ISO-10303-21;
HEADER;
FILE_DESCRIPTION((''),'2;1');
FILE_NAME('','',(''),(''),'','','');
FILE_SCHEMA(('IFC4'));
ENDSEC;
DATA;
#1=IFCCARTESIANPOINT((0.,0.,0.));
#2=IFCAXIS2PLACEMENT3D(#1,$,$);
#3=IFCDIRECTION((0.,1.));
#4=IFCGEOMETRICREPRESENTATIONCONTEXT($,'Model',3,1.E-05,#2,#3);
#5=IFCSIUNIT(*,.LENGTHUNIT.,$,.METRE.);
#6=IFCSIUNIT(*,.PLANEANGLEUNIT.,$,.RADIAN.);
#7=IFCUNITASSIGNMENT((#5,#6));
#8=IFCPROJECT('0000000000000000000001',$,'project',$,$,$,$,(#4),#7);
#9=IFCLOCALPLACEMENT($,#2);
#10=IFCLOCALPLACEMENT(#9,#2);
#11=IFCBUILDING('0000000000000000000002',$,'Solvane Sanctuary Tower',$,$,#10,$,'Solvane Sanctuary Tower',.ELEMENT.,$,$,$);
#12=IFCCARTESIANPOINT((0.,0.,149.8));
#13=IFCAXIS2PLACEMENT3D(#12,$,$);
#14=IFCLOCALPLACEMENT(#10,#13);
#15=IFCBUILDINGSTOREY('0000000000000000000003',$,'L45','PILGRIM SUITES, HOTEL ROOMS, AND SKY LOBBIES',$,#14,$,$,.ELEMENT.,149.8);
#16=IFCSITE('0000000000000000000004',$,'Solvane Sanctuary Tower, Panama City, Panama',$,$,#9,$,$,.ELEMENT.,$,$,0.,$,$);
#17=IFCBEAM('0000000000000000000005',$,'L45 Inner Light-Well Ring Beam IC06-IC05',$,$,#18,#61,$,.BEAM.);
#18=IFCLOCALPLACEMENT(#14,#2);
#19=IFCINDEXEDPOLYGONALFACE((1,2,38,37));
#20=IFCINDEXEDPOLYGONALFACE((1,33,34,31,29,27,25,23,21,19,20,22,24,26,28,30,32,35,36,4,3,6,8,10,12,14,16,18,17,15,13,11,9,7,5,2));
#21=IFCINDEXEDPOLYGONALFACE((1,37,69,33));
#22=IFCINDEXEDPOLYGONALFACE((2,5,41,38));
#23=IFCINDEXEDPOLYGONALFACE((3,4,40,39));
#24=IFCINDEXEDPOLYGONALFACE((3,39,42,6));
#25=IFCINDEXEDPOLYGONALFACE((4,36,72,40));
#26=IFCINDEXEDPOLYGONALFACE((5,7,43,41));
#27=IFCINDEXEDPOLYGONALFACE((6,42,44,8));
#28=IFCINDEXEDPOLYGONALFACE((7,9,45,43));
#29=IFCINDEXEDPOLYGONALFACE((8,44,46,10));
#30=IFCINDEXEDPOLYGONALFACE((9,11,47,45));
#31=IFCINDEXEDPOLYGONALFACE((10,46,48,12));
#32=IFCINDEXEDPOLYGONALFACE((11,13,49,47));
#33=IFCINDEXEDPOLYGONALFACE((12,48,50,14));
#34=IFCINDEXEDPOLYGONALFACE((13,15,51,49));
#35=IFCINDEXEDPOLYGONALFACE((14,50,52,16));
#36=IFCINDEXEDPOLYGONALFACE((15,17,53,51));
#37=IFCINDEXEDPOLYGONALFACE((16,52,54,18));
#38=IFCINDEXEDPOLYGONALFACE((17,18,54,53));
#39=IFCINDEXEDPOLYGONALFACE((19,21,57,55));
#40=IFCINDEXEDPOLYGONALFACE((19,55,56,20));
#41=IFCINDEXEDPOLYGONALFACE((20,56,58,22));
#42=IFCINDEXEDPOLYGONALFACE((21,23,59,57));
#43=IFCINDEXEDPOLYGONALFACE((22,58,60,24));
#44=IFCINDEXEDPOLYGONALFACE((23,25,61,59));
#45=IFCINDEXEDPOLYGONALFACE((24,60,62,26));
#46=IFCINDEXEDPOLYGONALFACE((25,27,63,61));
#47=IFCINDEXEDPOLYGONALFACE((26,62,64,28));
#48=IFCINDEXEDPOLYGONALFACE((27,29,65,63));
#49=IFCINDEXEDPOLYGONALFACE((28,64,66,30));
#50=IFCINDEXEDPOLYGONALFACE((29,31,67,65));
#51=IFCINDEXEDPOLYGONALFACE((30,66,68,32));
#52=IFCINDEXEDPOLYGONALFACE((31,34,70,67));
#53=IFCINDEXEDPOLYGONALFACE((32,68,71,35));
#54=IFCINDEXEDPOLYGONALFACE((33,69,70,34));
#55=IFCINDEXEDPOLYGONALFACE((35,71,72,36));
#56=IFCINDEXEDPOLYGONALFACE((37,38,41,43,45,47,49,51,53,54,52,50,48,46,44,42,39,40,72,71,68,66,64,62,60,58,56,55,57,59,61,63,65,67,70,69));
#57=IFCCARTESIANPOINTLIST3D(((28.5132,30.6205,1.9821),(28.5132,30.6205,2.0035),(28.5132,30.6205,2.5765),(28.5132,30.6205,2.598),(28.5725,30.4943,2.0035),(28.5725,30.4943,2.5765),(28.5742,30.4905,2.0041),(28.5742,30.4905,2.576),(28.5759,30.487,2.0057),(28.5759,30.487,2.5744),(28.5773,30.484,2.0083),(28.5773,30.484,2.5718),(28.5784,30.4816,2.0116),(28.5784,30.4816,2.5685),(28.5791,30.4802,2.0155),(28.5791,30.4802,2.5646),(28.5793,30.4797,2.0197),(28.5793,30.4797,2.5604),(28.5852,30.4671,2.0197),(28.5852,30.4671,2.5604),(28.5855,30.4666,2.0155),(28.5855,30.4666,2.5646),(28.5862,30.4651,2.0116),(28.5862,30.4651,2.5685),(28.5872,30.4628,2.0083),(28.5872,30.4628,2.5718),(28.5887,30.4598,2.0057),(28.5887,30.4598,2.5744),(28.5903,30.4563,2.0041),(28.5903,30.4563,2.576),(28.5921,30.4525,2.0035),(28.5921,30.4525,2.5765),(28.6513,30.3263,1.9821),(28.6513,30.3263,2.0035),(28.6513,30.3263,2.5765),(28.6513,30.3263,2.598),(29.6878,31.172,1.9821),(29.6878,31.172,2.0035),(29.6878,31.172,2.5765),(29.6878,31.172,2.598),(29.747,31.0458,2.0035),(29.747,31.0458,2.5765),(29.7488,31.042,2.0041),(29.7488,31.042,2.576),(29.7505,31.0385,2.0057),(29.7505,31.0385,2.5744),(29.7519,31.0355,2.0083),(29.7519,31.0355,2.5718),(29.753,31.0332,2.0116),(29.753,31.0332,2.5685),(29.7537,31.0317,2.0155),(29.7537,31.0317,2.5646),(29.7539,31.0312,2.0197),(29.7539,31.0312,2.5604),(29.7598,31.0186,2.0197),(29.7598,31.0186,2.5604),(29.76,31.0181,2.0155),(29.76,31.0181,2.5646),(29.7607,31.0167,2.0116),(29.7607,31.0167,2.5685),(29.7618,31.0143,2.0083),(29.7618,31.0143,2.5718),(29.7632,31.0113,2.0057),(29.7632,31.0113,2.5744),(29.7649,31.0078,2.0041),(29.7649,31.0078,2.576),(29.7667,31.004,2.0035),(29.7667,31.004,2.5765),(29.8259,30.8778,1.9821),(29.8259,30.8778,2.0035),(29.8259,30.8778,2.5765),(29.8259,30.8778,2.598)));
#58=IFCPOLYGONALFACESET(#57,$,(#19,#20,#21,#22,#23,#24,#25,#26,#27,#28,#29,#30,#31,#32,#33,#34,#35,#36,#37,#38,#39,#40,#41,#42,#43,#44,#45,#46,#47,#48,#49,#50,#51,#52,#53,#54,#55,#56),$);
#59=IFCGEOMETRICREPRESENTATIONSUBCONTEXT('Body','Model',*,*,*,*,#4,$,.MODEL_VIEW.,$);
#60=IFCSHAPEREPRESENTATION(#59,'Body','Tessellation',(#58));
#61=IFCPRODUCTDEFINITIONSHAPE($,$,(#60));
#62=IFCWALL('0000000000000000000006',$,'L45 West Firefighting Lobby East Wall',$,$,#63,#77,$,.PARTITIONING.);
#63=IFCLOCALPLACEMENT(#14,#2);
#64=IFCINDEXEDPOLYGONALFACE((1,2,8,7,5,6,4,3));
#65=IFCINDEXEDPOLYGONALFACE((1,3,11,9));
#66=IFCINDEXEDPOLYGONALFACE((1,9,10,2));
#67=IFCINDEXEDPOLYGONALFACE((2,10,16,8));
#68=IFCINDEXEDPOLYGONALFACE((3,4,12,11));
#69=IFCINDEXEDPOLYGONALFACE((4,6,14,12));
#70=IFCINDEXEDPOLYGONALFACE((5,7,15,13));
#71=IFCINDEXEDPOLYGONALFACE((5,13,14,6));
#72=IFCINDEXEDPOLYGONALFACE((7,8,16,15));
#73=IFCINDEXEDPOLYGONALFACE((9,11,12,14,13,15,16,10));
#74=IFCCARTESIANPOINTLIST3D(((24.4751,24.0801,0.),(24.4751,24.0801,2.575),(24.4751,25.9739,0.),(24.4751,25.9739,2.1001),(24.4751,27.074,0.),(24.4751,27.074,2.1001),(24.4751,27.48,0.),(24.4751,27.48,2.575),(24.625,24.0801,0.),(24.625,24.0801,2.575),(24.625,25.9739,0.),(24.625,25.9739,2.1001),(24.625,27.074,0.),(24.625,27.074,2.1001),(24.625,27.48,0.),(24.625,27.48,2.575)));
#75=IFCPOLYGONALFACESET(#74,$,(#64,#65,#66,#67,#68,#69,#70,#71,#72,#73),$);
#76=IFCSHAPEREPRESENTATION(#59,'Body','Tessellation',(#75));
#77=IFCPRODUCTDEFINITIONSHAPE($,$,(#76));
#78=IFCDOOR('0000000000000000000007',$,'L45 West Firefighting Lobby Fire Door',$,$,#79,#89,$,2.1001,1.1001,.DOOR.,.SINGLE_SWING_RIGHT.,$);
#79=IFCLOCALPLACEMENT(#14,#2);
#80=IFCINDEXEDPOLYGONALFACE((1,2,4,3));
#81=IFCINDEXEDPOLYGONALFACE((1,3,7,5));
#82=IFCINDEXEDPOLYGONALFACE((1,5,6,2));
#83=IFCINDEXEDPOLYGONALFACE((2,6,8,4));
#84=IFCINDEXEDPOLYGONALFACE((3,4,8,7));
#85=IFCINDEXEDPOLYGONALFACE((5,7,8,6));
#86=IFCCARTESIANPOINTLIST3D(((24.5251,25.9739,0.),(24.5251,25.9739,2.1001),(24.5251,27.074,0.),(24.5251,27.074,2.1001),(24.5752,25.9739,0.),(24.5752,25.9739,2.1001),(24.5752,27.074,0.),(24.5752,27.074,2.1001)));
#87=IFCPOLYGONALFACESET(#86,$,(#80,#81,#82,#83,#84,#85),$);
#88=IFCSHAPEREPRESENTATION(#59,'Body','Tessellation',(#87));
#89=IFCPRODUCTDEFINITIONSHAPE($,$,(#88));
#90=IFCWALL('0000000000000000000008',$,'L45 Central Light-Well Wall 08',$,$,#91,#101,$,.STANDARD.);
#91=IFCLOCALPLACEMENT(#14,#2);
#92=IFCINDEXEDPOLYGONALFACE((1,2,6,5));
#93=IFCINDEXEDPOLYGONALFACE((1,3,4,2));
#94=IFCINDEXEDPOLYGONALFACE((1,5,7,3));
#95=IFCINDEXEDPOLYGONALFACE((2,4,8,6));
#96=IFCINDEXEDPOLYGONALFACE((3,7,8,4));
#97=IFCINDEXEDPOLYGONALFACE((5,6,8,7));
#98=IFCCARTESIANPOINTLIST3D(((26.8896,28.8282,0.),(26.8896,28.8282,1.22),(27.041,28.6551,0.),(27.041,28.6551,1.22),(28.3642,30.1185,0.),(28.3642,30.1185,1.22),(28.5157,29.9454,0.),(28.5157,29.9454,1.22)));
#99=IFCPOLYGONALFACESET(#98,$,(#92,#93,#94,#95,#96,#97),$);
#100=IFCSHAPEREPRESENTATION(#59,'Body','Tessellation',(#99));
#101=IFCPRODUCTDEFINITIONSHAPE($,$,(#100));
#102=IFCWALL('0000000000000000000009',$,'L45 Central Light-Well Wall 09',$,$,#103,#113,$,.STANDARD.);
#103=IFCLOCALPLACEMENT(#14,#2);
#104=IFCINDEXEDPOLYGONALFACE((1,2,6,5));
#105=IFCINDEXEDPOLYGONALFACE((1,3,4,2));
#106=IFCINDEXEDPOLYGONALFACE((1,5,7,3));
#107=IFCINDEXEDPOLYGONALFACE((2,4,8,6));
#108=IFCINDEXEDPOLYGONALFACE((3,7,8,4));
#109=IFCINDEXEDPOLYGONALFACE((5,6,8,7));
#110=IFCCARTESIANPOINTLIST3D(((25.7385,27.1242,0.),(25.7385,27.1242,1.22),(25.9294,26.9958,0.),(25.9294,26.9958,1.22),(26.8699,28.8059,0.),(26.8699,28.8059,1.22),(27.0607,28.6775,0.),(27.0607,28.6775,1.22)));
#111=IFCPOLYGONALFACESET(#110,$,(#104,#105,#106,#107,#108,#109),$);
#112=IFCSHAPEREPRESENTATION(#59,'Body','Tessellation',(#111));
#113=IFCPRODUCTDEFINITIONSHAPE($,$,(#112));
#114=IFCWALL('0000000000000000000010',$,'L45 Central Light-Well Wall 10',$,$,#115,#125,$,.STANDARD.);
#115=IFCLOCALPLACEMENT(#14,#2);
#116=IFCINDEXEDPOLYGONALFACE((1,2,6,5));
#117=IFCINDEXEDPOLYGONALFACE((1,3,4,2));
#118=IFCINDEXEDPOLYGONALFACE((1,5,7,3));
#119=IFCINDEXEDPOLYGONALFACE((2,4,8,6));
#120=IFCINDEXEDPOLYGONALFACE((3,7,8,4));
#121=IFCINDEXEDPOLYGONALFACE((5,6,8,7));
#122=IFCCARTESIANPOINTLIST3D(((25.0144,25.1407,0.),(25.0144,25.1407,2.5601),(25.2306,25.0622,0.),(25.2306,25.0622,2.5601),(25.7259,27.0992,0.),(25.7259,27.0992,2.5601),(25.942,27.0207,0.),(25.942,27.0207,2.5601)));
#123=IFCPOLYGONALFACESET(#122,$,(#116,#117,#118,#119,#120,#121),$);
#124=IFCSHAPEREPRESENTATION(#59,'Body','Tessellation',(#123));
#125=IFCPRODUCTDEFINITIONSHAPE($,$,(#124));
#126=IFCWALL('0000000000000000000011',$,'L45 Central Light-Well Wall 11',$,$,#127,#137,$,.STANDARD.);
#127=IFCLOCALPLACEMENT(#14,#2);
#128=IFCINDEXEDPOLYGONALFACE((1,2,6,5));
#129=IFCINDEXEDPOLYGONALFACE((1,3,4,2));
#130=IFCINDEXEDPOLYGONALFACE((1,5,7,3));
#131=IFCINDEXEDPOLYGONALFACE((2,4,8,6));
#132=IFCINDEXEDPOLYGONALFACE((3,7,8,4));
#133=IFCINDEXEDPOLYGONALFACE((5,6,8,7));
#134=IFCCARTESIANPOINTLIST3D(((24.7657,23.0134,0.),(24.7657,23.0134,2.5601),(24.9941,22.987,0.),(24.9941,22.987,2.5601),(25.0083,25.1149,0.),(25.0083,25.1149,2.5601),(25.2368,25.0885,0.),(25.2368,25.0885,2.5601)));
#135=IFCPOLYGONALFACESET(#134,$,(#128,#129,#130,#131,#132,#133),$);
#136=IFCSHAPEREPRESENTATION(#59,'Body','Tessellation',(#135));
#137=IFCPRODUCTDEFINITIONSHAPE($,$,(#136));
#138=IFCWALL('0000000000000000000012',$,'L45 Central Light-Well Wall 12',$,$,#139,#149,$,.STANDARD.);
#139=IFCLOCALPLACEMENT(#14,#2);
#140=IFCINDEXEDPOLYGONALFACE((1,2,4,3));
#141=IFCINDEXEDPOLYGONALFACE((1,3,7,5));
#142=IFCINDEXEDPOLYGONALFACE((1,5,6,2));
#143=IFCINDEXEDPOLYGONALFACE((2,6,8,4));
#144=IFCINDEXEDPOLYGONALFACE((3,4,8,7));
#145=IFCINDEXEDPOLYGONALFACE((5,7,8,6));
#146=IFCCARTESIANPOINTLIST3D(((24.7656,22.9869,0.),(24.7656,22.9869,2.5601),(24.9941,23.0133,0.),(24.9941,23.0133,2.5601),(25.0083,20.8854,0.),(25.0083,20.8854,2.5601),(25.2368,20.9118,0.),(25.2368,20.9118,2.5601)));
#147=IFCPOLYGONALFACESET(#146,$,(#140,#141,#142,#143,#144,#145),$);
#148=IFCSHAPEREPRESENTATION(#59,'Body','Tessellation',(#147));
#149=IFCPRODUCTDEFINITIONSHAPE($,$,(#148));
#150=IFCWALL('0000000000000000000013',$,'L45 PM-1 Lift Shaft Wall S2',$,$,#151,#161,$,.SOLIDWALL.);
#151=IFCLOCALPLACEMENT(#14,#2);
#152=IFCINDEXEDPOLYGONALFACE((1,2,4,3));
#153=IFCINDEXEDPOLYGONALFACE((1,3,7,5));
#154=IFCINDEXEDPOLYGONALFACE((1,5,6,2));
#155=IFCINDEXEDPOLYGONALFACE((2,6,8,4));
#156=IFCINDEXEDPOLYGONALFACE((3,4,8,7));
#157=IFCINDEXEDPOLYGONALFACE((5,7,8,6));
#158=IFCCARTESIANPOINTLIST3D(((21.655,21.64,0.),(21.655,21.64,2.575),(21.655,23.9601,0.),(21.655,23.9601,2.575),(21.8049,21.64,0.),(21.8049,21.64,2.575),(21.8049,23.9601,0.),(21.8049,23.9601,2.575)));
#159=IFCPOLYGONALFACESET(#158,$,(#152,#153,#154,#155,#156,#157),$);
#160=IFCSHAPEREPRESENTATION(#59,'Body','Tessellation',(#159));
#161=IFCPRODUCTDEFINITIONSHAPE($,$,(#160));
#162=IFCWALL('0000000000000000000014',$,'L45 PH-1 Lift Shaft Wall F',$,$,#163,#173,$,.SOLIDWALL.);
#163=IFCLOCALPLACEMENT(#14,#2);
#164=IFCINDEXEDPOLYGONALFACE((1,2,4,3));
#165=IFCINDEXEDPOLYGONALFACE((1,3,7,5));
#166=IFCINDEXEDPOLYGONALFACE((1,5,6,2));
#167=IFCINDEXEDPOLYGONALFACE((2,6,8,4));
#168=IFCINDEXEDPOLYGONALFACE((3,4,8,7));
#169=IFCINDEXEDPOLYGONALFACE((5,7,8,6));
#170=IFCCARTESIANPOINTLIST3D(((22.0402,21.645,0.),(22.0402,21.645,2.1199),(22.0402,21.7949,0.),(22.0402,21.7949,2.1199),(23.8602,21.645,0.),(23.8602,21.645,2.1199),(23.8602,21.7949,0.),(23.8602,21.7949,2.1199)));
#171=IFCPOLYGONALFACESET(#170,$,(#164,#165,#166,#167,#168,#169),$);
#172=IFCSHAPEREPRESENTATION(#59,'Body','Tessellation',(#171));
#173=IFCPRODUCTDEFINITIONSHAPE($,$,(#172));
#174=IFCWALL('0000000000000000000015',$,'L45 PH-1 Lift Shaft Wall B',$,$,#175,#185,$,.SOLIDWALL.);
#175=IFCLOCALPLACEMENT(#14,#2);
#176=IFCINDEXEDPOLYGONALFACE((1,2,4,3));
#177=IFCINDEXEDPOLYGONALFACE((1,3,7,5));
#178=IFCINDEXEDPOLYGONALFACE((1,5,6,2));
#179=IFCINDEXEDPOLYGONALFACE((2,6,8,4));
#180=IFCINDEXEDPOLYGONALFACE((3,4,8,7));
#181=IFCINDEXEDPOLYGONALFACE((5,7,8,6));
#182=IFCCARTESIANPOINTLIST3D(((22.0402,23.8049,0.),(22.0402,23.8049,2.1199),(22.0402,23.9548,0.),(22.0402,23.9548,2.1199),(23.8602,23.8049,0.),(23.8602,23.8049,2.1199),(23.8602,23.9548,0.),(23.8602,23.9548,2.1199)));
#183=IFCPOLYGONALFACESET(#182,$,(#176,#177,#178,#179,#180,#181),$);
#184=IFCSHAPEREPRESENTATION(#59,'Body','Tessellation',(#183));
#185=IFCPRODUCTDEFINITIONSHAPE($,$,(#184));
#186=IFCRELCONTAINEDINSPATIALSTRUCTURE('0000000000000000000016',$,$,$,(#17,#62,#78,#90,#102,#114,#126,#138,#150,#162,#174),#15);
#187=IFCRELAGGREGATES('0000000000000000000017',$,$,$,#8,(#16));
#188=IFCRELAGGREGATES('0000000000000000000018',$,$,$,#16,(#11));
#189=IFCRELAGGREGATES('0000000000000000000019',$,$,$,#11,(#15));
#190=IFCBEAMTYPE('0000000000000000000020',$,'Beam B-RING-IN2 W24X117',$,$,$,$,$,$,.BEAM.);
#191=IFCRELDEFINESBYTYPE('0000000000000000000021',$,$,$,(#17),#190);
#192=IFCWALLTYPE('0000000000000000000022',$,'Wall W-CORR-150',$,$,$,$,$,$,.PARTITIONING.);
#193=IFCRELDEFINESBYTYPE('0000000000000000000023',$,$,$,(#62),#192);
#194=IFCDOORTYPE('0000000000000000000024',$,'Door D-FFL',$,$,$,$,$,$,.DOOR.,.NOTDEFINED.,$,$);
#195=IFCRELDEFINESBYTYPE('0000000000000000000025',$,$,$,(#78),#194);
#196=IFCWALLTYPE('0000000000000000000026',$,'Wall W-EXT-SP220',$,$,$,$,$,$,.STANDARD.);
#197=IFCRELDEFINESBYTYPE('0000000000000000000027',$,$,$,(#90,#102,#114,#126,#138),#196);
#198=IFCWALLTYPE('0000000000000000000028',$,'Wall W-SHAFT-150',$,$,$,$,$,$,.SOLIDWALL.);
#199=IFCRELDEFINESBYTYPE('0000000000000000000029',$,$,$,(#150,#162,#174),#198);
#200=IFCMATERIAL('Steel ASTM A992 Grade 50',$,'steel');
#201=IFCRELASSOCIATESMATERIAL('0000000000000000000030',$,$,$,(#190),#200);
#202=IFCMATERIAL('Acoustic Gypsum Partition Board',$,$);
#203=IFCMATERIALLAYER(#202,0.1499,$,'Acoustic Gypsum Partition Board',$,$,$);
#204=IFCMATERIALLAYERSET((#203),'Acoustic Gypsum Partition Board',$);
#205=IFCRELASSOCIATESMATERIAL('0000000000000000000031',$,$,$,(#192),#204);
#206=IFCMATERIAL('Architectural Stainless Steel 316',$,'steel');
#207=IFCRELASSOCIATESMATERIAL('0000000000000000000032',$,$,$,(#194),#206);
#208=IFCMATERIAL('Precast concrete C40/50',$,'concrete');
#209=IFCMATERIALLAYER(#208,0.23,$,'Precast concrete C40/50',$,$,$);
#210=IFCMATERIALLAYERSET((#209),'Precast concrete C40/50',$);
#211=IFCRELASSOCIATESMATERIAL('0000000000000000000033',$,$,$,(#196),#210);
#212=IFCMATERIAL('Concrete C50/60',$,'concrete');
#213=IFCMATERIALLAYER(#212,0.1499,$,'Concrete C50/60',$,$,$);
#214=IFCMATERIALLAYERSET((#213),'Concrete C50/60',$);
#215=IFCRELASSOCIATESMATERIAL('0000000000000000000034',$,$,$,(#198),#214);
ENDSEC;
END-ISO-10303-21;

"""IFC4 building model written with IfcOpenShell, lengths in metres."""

from ifc_helpers import new_model, si_unit, direction, frame, frame_2d, origin, origin_2d, place, context, subcontext, project, spatial, rectangle, i_section, extrude, material, layer, layer_set, material_profile, profile_set, type_object, element, fill, save


model = new_model("IFC4")

# Units and contexts
model_context = context("Model", 3, precision=1e-05, world=origin(), true_north=direction((0.0, 1.0)))
body_context = subcontext(model_context, "Body", "Model", "MODEL_VIEW")
ifc_project = project(units=[si_unit("LENGTHUNIT", "METRE"), si_unit("PLANEANGLEUNIT", "RADIAN")], contexts=[model_context])

# Site, building, storey
site_placement = place(None, origin())
site = spatial("IfcSite", under=ifc_project, at=site_placement, Name="Solvane Sanctuary Tower, Panama City, Panama", CompositionType="ELEMENT", RefElevation=0.0)
building_placement = place(site_placement, origin())
building = spatial("IfcBuilding", under=site, at=building_placement, Name="Solvane Sanctuary Tower", LongName="Solvane Sanctuary Tower", CompositionType="ELEMENT")
storey_placement = place(building_placement, frame((0.0, 0.0, 149.8)))
storey = spatial("IfcBuildingStorey", under=building, at=storey_placement, Name="L45", Description="PILGRIM SUITES, HOTEL ROOMS, AND SKY LOBBIES", CompositionType="ELEMENT", Elevation=149.8)

# Shared definitions
ifc_material_1 = material(Name="Concrete C50/60", Category="concrete")

# Beam
ifc_material_2 = material(Name="Steel ASTM A992 Grade 50", Category="steel")
ifc_material_profile_1 = material_profile(ifc_material_2, i_section(OverallWidth=0.325, OverallDepth=0.616, WebThickness=0.0139, FlangeThickness=0.0215, FilletRadius=0.0161, at=origin_2d()), Name="W24X117")
ifc_profile_set_1 = profile_set([ifc_material_profile_1], Name="Steel ASTM A992 Grade 50")
beam_type_1 = type_object("IfcBeamType", Name="Beam B-RING-IN2 W24X117", PredefinedType="BEAM", material=ifc_profile_set_1)
beam_1_placement = place(storey_placement, frame((28.5823, 30.4734, 2.29), z_axis=(0.905181, 0.425027, 0.0), x_axis=(-0.425027, 0.905181, 0.0)))
element("IfcBeam", 1, at=beam_1_placement, inside=storey, type_object=beam_type_1, Name="L45 Inner Light-Well Ring Beam IC06-IC05", PredefinedType="BEAM", context=body_context, shape_type="SweptSolid", body=[
    extrude(i_section(OverallWidth=0.325, OverallDepth=0.616, WebThickness=0.0139, FlangeThickness=0.0215, FilletRadius=0.0161, at=origin_2d()), origin(), (0.0, 0.0, 1.0), 1.2976),
])

# Wall, opening, door
ifc_material_3 = material(Name="Acoustic Gypsum Partition Board")
ifc_layer_1 = layer(ifc_material_3, 0.1499, Name="Acoustic Gypsum Partition Board")
ifc_layer_set_1 = layer_set([ifc_layer_1], Name="Acoustic Gypsum Partition Board")
wall_type_1 = type_object("IfcWallType", Name="Wall W-CORR-150", PredefinedType="PARTITIONING", material=ifc_layer_set_1)
wall_1_placement = place(storey_placement, frame((24.55, 24.0801, 0.0), z_axis=(0.0, 0.0, 1.0), x_axis=(0.0, 1.0, 0.0)))
wall_1 = element("IfcWall", 2, at=wall_1_placement, inside=storey, type_object=wall_type_1, Name="L45 West Firefighting Lobby East Wall", PredefinedType="PARTITIONING", context=body_context, shape_type="SweptSolid", body=[
    extrude(rectangle(XDim=3.3999, YDim=0.1499, at=frame_2d((1.7, 0.0))), origin(), (0.0, 0.0, 1.0), 2.575),
])
opening_1_placement = place(wall_1_placement, frame((1.8938, 0.0, 0.0)))
opening_1 = element("IfcOpeningElement", 3, at=opening_1_placement, cuts=wall_1, PredefinedType="OPENING", context=body_context, shape_type="SweptSolid", body=[
    extrude(rectangle(XDim=1.1001, YDim=2.1001, at=frame_2d((0.55, 1.05))), frame((0.0, 0.085, 0.0), z_axis=(0.0, -1.0, 0.0), x_axis=(1.0, 0.0, 0.0)), (0.0, 0.0, 1.0), 0.1699),
])
ifc_material_4 = material(Name="Architectural Stainless Steel 316", Category="steel")
door_type_1 = type_object("IfcDoorType", Name="Door D-FFL", OperationType="NOTDEFINED", PredefinedType="DOOR", material=ifc_material_4)
door_1_placement = place(opening_1_placement, origin())
door_1 = element("IfcDoor", 4, at=door_1_placement, inside=storey, type_object=door_type_1, Name="L45 West Firefighting Lobby Fire Door", OperationType="SINGLE_SWING_RIGHT", OverallHeight=2.1001, OverallWidth=1.1001, PredefinedType="DOOR", context=body_context, shape_type="SweptSolid", body=[
    extrude(rectangle(XDim=1.1001, YDim=2.1001, at=frame_2d((0.55, 1.05))), frame((0.0, 0.0249, 0.0), z_axis=(0.0, -1.0, 0.0), x_axis=(1.0, 0.0, 0.0)), (0.0, 0.0, 1.0), 0.05),
])
fill(opening_1, door_1)

# Walls
ifc_material_5 = material(Name="Precast concrete C40/50", Category="concrete")
ifc_layer_2 = layer(ifc_material_5, 0.23, Name="Precast concrete C40/50")
ifc_layer_set_2 = layer_set([ifc_layer_2], Name="Precast concrete C40/50")
wall_type_2 = type_object("IfcWallType", Name="Wall W-EXT-SP220", PredefinedType="STANDARD", material=ifc_layer_set_2)
wall_2_placement = place(storey_placement, frame((28.4399, 30.032, 0.0), z_axis=(0.0, 0.0, 1.0), x_axis=(-0.752577, -0.658505, 0.0)))
element("IfcWall", 5, at=wall_2_placement, inside=storey, type_object=wall_type_2, Name="L45 Central Light-Well Wall 08", PredefinedType="STANDARD", context=body_context, shape_type="SweptSolid", body=[
    extrude(rectangle(XDim=1.9595, YDim=0.23, at=frame_2d((0.9797, 0.0))), origin(), (0.0, 0.0, 1.0), 1.22),
])
wall_3_placement = place(storey_placement, frame((26.9653, 28.7417, 0.0), z_axis=(0.0, 0.0, 1.0), x_axis=(-0.558198, -0.829708, 0.0)))
element("IfcWall", 6, at=wall_3_placement, inside=storey, type_object=wall_type_2, Name="L45 Central Light-Well Wall 09", PredefinedType="STANDARD", context=body_context, shape_type="SweptSolid", body=[
    extrude(rectangle(XDim=2.0269, YDim=0.23, at=frame_2d((1.0134, 0.0))), origin(), (0.0, 0.0, 1.0), 1.22),
])
wall_4_placement = place(storey_placement, frame((25.834, 27.0601, 0.0), z_axis=(0.0, 0.0, 1.0), x_axis=(-0.341423, -0.93991, 0.0)))
element("IfcWall", 7, at=wall_4_placement, inside=storey, type_object=wall_type_2, Name="L45 Central Light-Well Wall 10", PredefinedType="STANDARD", context=body_context, shape_type="SweptSolid", body=[
    extrude(rectangle(XDim=2.0837, YDim=0.23, at=frame_2d((1.042, 0.0))), origin(), (0.0, 0.0, 1.0), 2.5601),
])
for number, where, z_axis, x_axis, name in (
    (8, (25.1226, 25.1016, 0.0), (0.0, 0.0, 1.0), (-0.114712, -0.993399, 0.0), "L45 Central Light-Well Wall 11"),
    (9, (24.8799, 23.0, 0.0), (0.0, 0.0, 1.0), (0.114712, -0.993399, 0.0), "L45 Central Light-Well Wall 12"),
):
    element("IfcWall", number, at=place(storey_placement, frame(where, z_axis=z_axis, x_axis=x_axis)), inside=storey, type_object=wall_type_2, Name=name, PredefinedType="STANDARD", context=body_context, shape_type="SweptSolid", body=[
        extrude(rectangle(XDim=2.1155, YDim=0.23, at=frame_2d((1.0576, 0.0))), origin(), (0.0, 0.0, 1.0), 2.5601),
    ])
ifc_layer_3 = layer(ifc_material_1, 0.1499, Name="Concrete C50/60")
ifc_layer_set_3 = layer_set([ifc_layer_3], Name="Concrete C50/60")
wall_type_3 = type_object("IfcWallType", Name="Wall W-SHAFT-150", PredefinedType="SOLIDWALL", material=ifc_layer_set_3)
wall_5_placement = place(storey_placement, frame((21.73, 21.6399, 0.0), z_axis=(0.0, 0.0, 1.0), x_axis=(0.0, 1.0, 0.0)))
element("IfcWall", 10, at=wall_5_placement, inside=storey, type_object=wall_type_3, Name="L45 PM-1 Lift Shaft Wall S2", PredefinedType="SOLIDWALL", context=body_context, shape_type="SweptSolid", body=[
    extrude(rectangle(XDim=2.3201, YDim=0.1499, at=frame_2d((1.1602, 0.0))), origin(), (0.0, 0.0, 1.0), 2.575),
])
for number, where, z_axis, x_axis, name in (
    (11, (22.04, 21.72, 0.0), (0.0, 0.0, 1.0), (1.0, 0.0, 0.0), "L45 PH-1 Lift Shaft Wall F"),
    (12, (22.04, 23.8799, 0.0), (0.0, 0.0, 1.0), (1.0, 0.0, 0.0), "L45 PH-1 Lift Shaft Wall B"),
):
    element("IfcWall", number, at=place(storey_placement, frame(where, z_axis=z_axis, x_axis=x_axis)), inside=storey, type_object=wall_type_3, Name=name, PredefinedType="SOLIDWALL", context=body_context, shape_type="SweptSolid", body=[
        extrude(rectangle(XDim=1.8201, YDim=0.1499, at=frame_2d((0.9102, 0.0))), origin(), (0.0, 0.0, 1.0), 2.1199),
    ])

save(model, "model.ifc")
